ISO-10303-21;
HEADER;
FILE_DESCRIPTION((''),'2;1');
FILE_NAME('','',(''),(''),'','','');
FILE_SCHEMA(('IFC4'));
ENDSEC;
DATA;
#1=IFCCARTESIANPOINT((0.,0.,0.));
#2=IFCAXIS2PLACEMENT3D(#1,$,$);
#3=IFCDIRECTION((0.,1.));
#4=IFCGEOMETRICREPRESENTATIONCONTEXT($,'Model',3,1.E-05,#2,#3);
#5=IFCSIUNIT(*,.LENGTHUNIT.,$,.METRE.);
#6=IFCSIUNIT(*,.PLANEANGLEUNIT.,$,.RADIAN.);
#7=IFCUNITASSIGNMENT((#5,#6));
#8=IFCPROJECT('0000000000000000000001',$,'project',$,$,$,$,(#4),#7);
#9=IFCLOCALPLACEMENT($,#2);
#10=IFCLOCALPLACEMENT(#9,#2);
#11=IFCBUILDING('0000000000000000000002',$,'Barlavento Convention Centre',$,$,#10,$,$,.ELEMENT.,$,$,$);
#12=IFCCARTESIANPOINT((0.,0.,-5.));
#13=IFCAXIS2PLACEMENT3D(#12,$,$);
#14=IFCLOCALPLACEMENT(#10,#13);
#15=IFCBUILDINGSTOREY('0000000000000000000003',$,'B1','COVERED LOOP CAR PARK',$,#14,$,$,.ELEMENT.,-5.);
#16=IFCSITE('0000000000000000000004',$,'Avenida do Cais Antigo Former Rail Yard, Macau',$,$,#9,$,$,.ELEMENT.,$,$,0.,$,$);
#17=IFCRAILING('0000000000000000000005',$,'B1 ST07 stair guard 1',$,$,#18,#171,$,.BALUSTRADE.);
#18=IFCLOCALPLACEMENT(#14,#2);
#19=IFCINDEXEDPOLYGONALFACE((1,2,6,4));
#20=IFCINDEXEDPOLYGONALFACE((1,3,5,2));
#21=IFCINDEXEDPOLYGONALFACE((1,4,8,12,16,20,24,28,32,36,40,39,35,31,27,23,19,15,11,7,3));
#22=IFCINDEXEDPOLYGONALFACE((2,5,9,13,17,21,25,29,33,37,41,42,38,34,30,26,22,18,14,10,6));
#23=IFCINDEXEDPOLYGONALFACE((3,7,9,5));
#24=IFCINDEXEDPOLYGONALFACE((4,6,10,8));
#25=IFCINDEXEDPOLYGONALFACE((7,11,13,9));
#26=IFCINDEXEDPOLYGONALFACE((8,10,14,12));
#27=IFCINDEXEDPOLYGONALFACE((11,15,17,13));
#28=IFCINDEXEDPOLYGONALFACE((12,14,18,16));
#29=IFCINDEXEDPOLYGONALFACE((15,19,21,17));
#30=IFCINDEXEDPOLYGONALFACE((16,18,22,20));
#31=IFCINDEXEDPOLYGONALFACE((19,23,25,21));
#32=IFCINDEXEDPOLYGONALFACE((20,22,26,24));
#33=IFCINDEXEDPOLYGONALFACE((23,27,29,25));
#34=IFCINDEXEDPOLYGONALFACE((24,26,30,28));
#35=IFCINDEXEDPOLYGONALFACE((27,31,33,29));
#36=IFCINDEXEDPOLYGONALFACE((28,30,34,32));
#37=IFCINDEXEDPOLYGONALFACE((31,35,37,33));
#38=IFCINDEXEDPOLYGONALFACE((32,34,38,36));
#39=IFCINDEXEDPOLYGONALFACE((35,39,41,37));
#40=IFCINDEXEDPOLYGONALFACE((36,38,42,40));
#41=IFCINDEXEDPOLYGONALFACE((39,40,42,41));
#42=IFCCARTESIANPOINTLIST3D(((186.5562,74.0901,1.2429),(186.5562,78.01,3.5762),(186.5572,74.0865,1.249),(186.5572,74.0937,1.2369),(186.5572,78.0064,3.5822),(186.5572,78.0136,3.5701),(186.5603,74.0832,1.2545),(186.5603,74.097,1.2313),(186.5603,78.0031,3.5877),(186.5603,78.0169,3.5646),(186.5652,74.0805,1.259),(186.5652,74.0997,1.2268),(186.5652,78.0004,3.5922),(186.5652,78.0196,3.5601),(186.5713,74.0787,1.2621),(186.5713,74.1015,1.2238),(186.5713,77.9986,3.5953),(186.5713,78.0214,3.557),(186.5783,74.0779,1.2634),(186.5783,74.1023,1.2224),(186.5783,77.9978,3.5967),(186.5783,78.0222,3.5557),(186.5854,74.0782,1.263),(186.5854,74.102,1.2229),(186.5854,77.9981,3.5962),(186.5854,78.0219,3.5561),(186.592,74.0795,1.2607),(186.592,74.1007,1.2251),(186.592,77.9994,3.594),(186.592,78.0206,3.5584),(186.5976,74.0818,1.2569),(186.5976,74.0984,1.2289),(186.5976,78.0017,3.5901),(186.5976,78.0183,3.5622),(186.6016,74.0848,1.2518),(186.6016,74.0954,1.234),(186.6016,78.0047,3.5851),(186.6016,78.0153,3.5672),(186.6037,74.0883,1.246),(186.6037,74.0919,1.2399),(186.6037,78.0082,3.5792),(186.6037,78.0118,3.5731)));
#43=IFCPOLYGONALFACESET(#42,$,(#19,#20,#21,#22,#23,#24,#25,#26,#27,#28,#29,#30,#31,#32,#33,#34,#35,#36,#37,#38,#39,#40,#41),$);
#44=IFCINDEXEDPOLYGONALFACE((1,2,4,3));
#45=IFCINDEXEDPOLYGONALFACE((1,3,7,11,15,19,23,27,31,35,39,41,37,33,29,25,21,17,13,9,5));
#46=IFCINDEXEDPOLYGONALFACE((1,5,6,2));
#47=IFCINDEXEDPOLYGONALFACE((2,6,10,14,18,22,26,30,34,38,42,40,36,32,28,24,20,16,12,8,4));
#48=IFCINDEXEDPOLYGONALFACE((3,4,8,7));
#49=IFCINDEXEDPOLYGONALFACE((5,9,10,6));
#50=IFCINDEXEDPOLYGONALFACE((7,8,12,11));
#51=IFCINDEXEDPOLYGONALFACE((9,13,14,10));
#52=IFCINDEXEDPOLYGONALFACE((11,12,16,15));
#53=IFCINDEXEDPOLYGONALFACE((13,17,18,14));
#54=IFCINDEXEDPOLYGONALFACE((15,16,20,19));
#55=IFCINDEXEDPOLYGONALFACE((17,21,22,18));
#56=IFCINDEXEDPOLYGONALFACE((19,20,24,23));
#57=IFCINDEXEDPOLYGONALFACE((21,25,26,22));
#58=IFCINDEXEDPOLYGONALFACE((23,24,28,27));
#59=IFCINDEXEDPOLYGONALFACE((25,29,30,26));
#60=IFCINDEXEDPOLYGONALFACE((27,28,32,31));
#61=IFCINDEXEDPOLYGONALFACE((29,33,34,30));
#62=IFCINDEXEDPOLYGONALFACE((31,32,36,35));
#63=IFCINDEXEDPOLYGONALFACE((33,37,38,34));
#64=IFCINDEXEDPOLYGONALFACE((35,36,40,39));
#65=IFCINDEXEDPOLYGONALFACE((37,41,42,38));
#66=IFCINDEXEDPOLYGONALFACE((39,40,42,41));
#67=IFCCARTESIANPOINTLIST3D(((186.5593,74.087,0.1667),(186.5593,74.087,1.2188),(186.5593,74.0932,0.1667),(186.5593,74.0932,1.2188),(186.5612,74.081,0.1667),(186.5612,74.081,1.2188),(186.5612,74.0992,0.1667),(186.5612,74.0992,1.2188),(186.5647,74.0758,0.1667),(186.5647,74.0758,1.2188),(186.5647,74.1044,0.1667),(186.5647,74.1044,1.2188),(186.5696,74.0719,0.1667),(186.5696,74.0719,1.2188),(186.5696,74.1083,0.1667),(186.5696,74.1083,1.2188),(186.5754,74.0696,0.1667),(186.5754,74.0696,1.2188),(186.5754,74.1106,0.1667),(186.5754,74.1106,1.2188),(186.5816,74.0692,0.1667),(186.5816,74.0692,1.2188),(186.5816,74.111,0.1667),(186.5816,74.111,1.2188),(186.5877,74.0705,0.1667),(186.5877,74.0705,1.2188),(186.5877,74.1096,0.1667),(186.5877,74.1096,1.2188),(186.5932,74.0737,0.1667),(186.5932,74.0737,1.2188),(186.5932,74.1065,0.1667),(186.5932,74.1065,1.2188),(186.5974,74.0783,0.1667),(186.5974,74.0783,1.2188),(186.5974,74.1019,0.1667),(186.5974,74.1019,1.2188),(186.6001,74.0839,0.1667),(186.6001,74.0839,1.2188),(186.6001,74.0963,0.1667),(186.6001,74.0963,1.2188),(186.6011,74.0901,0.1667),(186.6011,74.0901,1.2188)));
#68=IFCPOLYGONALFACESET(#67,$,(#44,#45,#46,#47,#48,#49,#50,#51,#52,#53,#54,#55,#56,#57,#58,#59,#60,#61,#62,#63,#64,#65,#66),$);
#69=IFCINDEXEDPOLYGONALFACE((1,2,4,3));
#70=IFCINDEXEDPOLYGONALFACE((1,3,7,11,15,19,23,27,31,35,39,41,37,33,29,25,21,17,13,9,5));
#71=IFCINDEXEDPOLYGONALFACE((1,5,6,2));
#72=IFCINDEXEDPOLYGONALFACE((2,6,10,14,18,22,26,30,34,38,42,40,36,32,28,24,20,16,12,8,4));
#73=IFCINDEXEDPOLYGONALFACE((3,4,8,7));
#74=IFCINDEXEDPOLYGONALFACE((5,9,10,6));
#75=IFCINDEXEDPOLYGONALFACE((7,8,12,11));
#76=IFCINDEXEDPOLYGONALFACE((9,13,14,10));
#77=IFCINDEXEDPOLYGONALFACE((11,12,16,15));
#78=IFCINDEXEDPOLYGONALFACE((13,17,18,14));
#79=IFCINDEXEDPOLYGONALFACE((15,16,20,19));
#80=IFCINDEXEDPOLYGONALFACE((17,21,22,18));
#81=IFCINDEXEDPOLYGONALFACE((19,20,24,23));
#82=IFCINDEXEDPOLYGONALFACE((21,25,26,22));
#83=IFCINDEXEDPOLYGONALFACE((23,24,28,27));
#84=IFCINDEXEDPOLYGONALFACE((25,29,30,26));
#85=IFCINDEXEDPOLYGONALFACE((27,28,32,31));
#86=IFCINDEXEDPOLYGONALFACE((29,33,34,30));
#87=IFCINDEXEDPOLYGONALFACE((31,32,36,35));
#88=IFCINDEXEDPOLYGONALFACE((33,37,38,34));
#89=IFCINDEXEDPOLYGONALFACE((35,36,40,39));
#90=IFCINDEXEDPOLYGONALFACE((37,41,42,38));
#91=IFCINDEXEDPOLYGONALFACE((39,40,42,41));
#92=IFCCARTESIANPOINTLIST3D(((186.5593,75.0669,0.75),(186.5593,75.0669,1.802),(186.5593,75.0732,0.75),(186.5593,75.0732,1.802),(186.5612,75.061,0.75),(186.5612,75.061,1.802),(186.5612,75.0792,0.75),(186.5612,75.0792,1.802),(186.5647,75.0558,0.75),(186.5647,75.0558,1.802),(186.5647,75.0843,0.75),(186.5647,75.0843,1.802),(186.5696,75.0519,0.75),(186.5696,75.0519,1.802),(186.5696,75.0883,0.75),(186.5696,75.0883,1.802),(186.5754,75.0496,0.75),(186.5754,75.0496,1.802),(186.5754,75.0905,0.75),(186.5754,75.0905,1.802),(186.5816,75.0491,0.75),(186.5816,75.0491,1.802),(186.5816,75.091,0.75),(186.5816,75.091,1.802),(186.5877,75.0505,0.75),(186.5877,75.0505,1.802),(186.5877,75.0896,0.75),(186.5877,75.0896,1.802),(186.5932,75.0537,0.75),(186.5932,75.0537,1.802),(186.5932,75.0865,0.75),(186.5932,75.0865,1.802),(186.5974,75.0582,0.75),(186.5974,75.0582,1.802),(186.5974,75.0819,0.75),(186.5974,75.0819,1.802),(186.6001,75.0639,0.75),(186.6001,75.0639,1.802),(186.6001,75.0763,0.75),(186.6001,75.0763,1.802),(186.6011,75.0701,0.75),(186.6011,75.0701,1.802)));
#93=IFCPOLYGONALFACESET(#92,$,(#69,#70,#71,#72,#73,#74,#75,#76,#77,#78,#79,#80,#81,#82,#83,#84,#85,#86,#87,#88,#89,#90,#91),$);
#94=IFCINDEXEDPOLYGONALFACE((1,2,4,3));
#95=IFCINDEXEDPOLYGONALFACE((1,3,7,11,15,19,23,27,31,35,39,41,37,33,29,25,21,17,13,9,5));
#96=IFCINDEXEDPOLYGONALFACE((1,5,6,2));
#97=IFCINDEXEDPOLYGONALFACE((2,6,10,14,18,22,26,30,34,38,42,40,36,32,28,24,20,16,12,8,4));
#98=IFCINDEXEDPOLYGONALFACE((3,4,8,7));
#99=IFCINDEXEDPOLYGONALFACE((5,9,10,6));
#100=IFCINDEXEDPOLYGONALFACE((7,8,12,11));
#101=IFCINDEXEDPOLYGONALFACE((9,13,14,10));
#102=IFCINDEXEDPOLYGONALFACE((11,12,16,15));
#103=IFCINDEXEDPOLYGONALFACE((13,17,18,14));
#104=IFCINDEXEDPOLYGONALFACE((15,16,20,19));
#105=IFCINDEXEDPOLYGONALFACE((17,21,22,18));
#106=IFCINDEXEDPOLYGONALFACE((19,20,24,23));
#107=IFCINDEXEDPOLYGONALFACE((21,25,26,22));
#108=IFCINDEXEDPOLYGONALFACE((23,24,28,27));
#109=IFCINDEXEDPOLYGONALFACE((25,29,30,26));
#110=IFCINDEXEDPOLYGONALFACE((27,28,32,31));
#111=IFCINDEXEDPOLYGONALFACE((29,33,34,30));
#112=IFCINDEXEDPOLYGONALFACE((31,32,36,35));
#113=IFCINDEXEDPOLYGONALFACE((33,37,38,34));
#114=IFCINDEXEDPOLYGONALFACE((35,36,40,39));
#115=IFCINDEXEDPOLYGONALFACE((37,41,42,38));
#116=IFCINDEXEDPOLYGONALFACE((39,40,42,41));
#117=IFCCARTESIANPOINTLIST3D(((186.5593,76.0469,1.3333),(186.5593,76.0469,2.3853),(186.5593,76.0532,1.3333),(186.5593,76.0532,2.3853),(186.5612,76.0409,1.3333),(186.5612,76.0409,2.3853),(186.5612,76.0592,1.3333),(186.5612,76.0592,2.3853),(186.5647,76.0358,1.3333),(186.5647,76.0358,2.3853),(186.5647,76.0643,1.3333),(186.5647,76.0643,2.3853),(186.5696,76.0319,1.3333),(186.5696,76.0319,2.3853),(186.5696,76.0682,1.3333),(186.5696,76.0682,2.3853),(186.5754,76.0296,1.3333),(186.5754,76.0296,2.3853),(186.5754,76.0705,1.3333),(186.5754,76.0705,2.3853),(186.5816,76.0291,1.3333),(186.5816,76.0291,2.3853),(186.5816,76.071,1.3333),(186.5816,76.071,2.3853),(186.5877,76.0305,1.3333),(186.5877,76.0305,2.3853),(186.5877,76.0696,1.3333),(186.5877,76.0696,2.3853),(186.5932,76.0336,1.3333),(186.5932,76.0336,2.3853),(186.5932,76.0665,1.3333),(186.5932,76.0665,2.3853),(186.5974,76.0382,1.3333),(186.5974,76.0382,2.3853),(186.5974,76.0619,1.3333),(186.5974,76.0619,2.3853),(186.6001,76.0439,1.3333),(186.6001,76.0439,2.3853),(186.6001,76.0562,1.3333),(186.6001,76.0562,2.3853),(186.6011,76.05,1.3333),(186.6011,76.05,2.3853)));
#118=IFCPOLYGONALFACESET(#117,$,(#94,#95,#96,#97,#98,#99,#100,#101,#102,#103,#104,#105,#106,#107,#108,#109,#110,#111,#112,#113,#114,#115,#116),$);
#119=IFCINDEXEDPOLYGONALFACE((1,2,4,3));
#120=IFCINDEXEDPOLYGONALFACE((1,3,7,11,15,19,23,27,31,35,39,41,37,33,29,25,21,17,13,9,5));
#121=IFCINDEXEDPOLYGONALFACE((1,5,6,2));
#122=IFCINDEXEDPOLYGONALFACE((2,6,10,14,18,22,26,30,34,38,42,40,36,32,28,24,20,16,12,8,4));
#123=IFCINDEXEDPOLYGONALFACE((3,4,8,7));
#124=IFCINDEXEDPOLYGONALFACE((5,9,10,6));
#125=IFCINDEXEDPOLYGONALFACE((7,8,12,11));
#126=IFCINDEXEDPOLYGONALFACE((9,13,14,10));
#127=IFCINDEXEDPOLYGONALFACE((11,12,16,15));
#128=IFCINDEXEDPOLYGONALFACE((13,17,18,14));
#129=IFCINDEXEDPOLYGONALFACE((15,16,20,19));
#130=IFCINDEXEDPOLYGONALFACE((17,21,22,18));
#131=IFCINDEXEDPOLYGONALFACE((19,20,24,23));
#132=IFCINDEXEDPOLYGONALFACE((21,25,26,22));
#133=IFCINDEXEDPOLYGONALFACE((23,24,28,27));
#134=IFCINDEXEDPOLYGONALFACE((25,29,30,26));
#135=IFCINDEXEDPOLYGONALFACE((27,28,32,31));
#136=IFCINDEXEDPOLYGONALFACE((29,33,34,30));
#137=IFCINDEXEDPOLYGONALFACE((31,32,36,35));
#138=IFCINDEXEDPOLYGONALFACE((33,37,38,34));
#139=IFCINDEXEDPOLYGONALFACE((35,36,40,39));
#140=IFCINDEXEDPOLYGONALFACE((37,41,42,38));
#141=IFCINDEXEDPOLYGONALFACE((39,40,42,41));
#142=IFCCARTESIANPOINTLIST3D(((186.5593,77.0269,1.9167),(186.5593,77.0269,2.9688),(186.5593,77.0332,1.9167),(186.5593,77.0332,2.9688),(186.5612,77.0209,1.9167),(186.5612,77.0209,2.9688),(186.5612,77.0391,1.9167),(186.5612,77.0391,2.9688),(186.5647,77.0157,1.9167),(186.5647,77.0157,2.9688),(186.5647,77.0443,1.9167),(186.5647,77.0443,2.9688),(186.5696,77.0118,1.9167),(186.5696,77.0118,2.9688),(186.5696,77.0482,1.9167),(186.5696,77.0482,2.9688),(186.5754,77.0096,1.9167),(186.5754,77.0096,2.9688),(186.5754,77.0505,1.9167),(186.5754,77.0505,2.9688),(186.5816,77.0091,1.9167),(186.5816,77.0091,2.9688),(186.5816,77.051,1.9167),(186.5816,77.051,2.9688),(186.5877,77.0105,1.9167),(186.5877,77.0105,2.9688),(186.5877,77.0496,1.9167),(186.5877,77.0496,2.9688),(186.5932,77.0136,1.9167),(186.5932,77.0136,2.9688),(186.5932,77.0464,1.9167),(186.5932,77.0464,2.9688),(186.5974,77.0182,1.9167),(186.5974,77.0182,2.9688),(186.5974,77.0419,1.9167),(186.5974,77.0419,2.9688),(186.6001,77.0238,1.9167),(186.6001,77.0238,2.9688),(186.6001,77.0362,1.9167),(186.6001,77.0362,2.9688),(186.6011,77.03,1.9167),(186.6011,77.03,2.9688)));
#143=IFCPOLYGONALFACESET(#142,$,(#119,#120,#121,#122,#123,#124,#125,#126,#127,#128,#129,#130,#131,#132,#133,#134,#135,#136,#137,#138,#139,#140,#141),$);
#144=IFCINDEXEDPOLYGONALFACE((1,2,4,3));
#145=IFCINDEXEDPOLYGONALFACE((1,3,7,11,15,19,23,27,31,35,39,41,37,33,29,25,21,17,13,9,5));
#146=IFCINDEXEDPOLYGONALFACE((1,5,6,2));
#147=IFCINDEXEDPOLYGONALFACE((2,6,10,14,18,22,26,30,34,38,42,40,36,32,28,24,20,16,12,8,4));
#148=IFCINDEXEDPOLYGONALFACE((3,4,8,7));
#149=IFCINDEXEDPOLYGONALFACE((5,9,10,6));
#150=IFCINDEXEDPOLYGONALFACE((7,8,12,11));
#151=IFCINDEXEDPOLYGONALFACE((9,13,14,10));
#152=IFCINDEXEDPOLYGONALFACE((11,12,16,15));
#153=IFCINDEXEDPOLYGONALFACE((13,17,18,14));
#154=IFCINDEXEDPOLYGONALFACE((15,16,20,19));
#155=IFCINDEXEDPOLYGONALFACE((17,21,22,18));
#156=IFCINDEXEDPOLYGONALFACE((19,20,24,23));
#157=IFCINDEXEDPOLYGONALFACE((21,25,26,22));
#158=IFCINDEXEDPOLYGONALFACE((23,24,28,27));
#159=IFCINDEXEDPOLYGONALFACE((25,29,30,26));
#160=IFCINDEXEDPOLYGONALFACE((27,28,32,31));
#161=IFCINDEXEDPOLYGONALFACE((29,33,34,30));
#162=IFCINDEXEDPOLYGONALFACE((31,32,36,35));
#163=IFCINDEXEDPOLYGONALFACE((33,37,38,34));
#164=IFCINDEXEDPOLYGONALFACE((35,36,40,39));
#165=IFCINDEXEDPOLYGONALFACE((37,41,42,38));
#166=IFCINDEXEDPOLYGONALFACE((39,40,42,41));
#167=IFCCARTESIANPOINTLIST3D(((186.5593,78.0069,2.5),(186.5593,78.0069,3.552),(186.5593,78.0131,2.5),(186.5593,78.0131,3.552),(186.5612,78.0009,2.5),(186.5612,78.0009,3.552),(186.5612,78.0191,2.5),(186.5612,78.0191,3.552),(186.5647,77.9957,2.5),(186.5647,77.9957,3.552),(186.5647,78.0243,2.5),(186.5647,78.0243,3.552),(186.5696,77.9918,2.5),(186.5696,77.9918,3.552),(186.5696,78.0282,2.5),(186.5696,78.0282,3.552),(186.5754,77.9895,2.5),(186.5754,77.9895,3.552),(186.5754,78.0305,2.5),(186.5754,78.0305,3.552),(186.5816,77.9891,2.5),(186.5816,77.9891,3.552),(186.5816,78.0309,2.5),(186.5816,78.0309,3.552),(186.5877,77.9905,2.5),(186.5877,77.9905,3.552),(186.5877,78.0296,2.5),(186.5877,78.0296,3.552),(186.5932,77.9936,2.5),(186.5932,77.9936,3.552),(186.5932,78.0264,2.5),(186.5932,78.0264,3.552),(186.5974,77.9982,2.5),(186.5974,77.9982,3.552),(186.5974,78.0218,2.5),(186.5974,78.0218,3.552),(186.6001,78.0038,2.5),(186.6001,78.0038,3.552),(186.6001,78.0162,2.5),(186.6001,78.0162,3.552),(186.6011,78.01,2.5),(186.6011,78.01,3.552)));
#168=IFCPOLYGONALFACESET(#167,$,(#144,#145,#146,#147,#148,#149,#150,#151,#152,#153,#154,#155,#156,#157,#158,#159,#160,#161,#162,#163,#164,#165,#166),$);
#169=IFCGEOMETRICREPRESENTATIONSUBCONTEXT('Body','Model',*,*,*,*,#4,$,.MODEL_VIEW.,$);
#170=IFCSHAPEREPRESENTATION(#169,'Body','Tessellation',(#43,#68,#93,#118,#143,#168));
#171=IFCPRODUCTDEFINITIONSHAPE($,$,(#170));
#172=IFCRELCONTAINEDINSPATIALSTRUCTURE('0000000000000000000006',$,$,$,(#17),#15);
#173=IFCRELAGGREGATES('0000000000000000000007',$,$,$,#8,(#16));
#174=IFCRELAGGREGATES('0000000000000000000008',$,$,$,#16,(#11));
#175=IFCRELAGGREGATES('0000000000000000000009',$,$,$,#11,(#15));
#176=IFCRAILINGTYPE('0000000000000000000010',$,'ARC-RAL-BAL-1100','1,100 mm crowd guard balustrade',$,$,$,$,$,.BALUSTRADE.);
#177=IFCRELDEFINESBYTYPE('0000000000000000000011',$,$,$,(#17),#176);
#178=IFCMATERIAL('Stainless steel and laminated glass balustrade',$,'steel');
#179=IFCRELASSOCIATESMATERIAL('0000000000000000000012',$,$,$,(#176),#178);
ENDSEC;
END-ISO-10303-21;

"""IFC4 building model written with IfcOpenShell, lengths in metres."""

from ifc_helpers import new_model, si_unit, direction, frame, origin, origin_2d, place, context, subcontext, project, spatial, circle, extrude, material, type_object, element, save


model = new_model("IFC4")

# Units and contexts
model_context = context("Model", 3, precision=1e-05, world=origin(), true_north=direction((0.0, 1.0)))
body_context = subcontext(model_context, "Body", "Model", "MODEL_VIEW")
ifc_project = project(units=[si_unit("LENGTHUNIT", "METRE"), si_unit("PLANEANGLEUNIT", "RADIAN")], contexts=[model_context])

# Site, building, storey
site_placement = place(None, origin())
site = spatial("IfcSite", under=ifc_project, at=site_placement, Name="Avenida do Cais Antigo Former Rail Yard, Macau", CompositionType="ELEMENT", RefElevation=0.0)
building_placement = place(site_placement, origin())
building = spatial("IfcBuilding", under=site, at=building_placement, Name="Barlavento Convention Centre", CompositionType="ELEMENT")
storey_placement = place(building_placement, frame((0.0, 0.0, -5.0)))
storey = spatial("IfcBuildingStorey", under=building, at=storey_placement, Name="B1", Description="COVERED LOOP CAR PARK", CompositionType="ELEMENT", Elevation=-5.0)

# Railing
ifc_material_1 = material(Name="Stainless steel and laminated glass balustrade", Category="steel")
railing_type_1 = type_object("IfcRailingType", Name="ARC-RAL-BAL-1100", Description="1,100 mm crowd guard balustrade", PredefinedType="BALUSTRADE", material=ifc_material_1)
railing_1_placement = place(storey_placement, frame((186.5801, 74.0901, 0.1667)))
element("IfcRailing", 1, at=railing_1_placement, inside=storey, type_object=railing_type_1, Name="B1 ST07 stair guard 1", PredefinedType="BALUSTRADE", context=body_context, shape_type="SweptSolid", body=[
    extrude(circle(Radius=0.0239, at=origin_2d()), frame((0.0, 0.0, 1.0762), z_axis=(0.0, 0.859296, 0.511478), x_axis=(-1.0, 0.0, 0.0)), (0.0, 0.0, 1.0), 4.5618),
    extrude(circle(Radius=0.021, at=origin_2d()), origin(), (0.0, 0.0, 1.0), 1.052),
    extrude(circle(Radius=0.021, at=origin_2d()), frame((0.0, 0.98, 0.5833)), (0.0, 0.0, 1.0), 1.052),
    extrude(circle(Radius=0.021, at=origin_2d()), frame((0.0, 1.96, 1.1665)), (0.0, 0.0, 1.0), 1.052),
    extrude(circle(Radius=0.021, at=origin_2d()), frame((0.0, 2.9399, 1.75)), (0.0, 0.0, 1.0), 1.052),
    extrude(circle(Radius=0.021, at=origin_2d()), frame((0.0, 3.9199, 2.3333)), (0.0, 0.0, 1.0), 1.052),
])

save(model, "model.ifc")
